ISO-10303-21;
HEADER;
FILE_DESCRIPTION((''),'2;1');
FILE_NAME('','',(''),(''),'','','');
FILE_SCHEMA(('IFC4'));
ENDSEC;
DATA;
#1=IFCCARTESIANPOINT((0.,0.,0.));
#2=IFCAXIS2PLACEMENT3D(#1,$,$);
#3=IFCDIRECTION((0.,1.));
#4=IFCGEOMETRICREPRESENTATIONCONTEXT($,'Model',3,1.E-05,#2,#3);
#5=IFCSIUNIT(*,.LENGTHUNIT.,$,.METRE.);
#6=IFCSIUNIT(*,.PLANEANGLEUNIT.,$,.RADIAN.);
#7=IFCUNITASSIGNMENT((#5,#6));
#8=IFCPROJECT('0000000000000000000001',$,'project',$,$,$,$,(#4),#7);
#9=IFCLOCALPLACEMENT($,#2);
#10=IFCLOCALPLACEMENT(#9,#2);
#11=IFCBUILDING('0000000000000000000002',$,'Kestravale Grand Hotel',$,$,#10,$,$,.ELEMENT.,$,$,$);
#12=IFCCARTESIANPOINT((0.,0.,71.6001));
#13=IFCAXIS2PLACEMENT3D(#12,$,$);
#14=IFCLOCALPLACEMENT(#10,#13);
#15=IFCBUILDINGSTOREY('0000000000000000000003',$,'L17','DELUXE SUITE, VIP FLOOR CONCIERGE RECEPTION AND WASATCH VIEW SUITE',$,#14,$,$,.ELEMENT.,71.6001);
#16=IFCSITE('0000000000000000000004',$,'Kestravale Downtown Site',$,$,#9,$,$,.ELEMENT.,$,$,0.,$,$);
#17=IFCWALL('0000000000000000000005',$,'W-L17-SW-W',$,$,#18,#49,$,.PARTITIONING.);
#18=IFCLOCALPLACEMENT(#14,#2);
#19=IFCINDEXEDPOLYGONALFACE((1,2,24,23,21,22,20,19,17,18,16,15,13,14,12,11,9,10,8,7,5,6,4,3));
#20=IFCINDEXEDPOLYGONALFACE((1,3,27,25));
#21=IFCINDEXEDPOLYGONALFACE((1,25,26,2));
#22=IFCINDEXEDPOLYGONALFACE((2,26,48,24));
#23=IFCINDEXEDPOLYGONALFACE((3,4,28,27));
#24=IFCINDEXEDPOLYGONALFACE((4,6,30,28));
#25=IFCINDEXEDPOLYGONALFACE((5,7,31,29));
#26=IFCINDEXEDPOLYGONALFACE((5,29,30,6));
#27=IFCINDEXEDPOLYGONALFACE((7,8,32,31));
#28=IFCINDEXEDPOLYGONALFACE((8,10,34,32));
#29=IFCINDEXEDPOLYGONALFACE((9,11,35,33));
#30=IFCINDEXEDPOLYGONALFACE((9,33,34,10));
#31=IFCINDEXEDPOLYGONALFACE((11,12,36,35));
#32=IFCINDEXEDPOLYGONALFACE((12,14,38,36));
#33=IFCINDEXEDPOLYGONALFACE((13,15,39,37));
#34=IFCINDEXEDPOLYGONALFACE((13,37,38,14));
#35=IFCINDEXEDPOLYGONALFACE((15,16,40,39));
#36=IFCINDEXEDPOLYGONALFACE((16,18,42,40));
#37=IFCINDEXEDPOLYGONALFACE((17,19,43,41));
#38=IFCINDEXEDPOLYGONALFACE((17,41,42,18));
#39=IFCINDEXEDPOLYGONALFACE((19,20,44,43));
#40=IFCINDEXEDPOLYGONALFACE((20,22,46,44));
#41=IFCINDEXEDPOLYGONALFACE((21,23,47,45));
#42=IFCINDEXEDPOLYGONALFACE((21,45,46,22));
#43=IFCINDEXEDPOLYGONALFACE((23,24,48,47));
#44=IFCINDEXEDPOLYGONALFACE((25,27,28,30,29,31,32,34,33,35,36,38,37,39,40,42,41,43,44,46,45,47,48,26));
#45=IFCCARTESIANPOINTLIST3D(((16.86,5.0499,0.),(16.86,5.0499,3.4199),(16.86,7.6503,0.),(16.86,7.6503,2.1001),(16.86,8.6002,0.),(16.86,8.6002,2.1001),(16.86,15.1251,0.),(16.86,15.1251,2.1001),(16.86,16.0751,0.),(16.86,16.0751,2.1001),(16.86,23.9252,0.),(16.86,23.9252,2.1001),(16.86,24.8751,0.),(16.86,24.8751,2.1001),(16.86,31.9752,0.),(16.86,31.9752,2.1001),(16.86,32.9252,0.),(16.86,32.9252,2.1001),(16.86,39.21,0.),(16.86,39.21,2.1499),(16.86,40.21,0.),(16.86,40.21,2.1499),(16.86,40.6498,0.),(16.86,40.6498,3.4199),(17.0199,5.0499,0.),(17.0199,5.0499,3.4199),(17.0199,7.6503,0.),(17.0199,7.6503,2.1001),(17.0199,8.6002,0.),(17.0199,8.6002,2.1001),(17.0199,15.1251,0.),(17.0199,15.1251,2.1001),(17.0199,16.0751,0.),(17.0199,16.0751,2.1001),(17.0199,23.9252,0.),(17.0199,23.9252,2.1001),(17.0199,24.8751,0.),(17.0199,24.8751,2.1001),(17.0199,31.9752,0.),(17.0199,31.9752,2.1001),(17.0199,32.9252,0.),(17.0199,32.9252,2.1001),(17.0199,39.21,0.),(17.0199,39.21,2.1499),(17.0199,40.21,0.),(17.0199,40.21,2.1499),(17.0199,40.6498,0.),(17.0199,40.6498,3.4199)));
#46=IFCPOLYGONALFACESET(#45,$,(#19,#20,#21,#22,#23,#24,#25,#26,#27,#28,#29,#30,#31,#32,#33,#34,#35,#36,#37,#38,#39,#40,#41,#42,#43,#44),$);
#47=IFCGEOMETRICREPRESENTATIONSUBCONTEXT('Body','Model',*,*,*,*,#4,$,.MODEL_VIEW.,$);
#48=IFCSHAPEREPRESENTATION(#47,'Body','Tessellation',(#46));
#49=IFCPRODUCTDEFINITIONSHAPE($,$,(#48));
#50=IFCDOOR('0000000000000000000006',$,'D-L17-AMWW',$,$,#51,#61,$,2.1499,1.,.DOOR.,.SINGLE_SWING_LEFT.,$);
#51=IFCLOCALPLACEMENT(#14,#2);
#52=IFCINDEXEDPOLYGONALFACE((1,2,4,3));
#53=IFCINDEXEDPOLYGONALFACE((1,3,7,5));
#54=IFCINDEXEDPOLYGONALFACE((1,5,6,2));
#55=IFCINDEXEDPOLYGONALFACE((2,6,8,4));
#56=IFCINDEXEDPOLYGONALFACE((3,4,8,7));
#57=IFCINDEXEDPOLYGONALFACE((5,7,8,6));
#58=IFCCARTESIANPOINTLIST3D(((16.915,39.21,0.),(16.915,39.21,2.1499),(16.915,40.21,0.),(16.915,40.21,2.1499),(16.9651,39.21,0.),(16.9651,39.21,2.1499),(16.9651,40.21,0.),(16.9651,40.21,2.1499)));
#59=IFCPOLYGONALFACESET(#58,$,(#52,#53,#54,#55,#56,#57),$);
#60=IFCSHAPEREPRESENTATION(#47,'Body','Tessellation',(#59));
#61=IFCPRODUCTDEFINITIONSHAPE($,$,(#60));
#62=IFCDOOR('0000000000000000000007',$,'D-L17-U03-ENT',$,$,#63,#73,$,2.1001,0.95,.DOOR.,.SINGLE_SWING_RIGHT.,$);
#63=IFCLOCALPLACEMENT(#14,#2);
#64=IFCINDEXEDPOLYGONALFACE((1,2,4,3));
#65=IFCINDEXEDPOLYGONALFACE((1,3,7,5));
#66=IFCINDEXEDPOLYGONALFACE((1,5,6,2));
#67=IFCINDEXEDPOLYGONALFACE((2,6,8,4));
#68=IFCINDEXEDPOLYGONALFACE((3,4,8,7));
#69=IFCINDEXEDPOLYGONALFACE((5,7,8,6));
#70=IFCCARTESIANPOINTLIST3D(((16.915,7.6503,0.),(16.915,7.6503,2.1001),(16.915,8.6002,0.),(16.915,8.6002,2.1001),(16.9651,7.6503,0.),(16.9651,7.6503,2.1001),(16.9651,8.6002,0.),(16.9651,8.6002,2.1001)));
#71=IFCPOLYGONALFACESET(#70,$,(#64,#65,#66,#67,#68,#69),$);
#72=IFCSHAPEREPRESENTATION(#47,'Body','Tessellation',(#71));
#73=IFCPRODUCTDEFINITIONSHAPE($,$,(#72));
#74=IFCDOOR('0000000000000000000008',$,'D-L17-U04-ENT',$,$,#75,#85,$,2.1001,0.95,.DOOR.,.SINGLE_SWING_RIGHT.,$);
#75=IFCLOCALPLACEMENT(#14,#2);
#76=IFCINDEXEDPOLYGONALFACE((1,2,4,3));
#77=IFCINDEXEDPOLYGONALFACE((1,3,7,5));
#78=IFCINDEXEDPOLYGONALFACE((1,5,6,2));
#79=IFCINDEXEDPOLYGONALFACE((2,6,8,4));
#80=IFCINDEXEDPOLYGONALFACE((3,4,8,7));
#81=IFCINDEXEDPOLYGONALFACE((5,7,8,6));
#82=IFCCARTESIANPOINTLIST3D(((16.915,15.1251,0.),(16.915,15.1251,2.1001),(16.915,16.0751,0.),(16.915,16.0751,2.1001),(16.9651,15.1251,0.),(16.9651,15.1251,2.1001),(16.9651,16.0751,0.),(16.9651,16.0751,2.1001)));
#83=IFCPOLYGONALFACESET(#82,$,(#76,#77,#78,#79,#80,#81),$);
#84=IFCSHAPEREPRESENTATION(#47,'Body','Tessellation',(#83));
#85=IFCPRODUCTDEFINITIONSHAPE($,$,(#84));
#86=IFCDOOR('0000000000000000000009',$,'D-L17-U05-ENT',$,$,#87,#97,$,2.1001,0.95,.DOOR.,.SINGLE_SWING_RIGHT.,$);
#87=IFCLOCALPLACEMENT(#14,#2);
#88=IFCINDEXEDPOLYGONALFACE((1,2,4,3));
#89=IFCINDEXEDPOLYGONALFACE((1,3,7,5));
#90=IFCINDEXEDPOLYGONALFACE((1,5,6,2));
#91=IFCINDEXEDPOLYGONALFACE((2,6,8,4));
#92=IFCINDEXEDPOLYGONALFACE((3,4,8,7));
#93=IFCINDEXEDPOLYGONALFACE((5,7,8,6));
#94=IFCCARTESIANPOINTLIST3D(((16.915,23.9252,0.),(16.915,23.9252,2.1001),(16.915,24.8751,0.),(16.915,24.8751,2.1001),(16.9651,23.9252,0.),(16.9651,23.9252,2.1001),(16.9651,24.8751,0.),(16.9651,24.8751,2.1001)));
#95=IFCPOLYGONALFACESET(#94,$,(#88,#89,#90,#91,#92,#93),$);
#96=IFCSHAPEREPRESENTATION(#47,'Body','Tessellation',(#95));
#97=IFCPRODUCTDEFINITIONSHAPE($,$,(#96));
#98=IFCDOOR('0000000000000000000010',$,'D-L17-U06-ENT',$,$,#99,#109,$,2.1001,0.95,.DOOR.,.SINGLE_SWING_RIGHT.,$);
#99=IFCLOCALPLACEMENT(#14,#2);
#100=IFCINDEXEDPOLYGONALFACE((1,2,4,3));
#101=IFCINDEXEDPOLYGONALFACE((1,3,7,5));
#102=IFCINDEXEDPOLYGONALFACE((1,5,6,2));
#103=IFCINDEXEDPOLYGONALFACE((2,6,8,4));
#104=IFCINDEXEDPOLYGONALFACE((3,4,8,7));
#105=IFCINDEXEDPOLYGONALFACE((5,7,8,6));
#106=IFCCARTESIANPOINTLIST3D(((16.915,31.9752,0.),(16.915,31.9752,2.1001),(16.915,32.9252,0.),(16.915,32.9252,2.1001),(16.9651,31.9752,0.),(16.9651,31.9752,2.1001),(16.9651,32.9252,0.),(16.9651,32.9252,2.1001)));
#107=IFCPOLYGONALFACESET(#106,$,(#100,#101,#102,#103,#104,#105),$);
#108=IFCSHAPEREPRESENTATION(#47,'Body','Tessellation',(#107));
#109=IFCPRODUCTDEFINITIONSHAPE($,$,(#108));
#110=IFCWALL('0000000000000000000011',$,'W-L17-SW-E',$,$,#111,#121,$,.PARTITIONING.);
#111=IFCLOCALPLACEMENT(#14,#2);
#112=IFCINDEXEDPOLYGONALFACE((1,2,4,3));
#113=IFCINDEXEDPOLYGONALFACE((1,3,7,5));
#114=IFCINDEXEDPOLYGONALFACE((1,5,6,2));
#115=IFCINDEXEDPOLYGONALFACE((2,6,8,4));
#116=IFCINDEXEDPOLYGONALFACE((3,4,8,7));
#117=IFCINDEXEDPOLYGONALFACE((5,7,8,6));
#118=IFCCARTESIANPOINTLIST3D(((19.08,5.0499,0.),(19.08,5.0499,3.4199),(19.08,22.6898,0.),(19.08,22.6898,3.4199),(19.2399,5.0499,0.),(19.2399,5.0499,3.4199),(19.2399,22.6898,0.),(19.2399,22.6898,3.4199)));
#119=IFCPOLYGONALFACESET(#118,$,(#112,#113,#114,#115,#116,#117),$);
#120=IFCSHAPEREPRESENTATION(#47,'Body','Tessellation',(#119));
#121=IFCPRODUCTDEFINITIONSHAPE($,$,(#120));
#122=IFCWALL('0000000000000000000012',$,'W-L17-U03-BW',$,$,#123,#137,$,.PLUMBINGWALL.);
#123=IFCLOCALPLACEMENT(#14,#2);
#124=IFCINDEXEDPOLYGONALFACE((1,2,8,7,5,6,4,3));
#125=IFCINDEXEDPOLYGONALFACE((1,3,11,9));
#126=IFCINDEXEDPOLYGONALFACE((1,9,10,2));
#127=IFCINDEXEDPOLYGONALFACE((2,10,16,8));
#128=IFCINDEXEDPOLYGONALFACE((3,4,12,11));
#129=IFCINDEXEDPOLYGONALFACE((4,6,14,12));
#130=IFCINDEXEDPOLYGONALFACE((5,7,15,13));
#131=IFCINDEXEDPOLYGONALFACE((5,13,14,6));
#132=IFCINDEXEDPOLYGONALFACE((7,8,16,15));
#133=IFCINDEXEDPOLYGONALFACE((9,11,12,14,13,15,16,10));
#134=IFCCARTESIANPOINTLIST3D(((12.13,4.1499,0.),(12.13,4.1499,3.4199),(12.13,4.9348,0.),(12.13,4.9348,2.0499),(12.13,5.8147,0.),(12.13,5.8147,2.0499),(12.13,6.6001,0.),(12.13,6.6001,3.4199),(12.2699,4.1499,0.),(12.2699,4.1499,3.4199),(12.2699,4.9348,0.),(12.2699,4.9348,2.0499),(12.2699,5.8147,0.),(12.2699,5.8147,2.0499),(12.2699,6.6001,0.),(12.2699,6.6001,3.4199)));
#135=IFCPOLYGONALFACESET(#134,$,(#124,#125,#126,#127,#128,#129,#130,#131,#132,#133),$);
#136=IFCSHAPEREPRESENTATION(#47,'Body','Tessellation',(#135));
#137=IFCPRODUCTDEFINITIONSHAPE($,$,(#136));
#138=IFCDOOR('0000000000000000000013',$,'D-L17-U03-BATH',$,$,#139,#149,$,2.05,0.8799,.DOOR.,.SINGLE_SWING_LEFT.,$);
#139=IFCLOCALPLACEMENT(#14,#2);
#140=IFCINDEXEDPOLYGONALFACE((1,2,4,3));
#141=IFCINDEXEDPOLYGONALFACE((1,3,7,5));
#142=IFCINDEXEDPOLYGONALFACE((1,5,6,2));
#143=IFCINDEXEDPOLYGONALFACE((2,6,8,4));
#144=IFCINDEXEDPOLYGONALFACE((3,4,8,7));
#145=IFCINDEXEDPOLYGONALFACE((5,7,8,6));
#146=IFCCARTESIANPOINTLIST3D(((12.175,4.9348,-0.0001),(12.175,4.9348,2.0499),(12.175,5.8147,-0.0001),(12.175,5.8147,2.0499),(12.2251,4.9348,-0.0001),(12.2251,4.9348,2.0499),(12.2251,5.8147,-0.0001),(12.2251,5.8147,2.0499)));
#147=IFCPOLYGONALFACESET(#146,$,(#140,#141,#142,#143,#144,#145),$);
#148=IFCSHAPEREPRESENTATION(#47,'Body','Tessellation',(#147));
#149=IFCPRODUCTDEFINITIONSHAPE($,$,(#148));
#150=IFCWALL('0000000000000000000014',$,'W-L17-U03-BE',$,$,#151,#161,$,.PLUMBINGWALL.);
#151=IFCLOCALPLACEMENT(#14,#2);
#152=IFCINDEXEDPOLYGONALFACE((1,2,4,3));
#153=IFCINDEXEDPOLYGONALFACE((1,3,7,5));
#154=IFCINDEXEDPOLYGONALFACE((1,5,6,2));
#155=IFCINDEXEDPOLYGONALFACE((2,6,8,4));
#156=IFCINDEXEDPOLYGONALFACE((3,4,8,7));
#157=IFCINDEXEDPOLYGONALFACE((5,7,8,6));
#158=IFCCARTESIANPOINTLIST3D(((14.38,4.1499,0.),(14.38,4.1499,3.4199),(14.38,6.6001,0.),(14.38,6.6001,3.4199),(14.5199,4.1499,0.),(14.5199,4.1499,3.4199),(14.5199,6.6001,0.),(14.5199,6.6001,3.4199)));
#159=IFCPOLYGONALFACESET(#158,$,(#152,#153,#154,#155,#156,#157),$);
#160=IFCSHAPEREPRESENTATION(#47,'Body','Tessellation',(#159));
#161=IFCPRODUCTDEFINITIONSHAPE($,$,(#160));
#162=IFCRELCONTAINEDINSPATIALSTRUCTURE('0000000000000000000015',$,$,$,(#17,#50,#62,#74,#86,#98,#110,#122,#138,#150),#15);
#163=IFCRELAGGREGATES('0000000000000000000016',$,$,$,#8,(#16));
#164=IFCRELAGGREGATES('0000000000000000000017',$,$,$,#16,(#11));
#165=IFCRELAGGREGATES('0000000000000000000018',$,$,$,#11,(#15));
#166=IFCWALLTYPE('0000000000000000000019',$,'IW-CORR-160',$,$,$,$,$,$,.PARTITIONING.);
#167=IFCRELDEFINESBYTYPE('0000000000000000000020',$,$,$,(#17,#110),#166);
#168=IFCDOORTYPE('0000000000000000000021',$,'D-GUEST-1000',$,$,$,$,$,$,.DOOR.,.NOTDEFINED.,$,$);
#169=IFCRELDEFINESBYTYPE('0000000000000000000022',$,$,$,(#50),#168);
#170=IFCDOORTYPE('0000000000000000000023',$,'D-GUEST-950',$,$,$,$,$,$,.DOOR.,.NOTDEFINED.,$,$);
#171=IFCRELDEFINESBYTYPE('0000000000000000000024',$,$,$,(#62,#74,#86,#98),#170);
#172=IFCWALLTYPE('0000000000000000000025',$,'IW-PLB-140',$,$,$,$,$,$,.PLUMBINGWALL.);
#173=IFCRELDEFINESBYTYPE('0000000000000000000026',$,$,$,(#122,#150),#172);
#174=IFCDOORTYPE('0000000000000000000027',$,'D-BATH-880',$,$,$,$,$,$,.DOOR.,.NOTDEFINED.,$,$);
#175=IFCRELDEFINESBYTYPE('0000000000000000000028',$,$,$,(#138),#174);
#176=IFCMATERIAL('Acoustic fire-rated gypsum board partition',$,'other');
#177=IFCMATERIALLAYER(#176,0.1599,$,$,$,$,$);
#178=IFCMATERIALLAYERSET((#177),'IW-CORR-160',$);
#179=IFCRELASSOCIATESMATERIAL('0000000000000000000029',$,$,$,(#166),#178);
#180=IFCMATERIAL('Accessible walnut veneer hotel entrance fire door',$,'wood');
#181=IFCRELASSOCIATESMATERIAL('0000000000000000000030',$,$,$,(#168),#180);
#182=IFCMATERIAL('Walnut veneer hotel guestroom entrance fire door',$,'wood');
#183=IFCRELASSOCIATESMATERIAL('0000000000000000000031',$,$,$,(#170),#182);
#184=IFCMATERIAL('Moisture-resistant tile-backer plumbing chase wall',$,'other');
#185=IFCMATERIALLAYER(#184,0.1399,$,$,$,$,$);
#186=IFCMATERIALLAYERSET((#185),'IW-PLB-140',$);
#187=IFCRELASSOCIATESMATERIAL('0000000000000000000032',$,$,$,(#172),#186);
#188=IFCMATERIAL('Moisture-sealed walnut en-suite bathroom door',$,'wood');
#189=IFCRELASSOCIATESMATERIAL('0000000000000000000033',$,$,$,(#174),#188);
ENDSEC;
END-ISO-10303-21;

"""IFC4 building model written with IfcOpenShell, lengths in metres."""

from ifc_helpers import new_model, si_unit, direction, frame, frame_2d, origin, place, context, subcontext, project, spatial, rectangle, extrude, material, layer, layer_set, type_object, element, fill, save


model = new_model("IFC4")

# Units and contexts
model_context = context("Model", 3, precision=1e-05, world=origin(), true_north=direction((0.0, 1.0)))
body_context = subcontext(model_context, "Body", "Model", "MODEL_VIEW")
ifc_project = project(units=[si_unit("LENGTHUNIT", "METRE"), si_unit("PLANEANGLEUNIT", "RADIAN")], contexts=[model_context])

# Site, building, storey
site_placement = place(None, origin())
site = spatial("IfcSite", under=ifc_project, at=site_placement, Name="Kestravale Downtown Site", CompositionType="ELEMENT", RefElevation=0.0)
building_placement = place(site_placement, origin())
building = spatial("IfcBuilding", under=site, at=building_placement, Name="Kestravale Grand Hotel", CompositionType="ELEMENT")
storey_placement = place(building_placement, frame((0.0, 0.0, 71.6001)))
storey = spatial("IfcBuildingStorey", under=building, at=storey_placement, Name="L17", Description="DELUXE SUITE, VIP FLOOR CONCIERGE RECEPTION AND WASATCH VIEW SUITE", CompositionType="ELEMENT", Elevation=71.6001)

# Wall, openings, doors
ifc_material_1 = material(Name="Acoustic fire-rated gypsum board partition", Category="other")
ifc_layer_1 = layer(ifc_material_1, 0.1599)
ifc_layer_set_1 = layer_set([ifc_layer_1], Name="IW-CORR-160")
wall_type_1 = type_object("IfcWallType", Name="IW-CORR-160", PredefinedType="PARTITIONING", material=ifc_layer_set_1)
wall_1_placement = place(storey_placement, frame((16.9399, 5.05, 0.0), z_axis=(0.0, 0.0, 1.0), x_axis=(0.0, 1.0, 0.0)))
wall_1 = element("IfcWall", 1, at=wall_1_placement, inside=storey, type_object=wall_type_1, Name="W-L17-SW-W", PredefinedType="PARTITIONING", context=body_context, shape_type="SweptSolid", body=[
    extrude(rectangle(XDim=35.5999, YDim=0.1599, at=frame_2d((17.7998, 0.0))), origin(), (0.0, 0.0, 1.0), 3.4199),
])
opening_1_placement = place(wall_1_placement, frame((2.6001, 0.0, 0.0)))
opening_1 = element("IfcOpeningElement", 2, at=opening_1_placement, cuts=wall_1, PredefinedType="OPENING", context=body_context, shape_type="SweptSolid", body=[
    extrude(rectangle(XDim=0.95, YDim=2.1001, at=frame_2d((0.4751, 1.05))), frame((0.0, 0.0898, 0.0), z_axis=(0.0, -1.0, 0.0), x_axis=(1.0, 0.0, 0.0)), (0.0, 0.0, 1.0), 0.1799),
])
opening_2_placement = place(wall_1_placement, frame((10.075, 0.0, 0.0)))
opening_2 = element("IfcOpeningElement", 3, at=opening_2_placement, cuts=wall_1, PredefinedType="OPENING", context=body_context, shape_type="SweptSolid", body=[
    extrude(rectangle(XDim=0.95, YDim=2.1001, at=frame_2d((0.4751, 1.05))), frame((0.0, 0.0898, 0.0), z_axis=(0.0, -1.0, 0.0), x_axis=(1.0, 0.0, 0.0)), (0.0, 0.0, 1.0), 0.1799),
])
opening_3_placement = place(wall_1_placement, frame((18.875, 0.0, 0.0)))
opening_3 = element("IfcOpeningElement", 4, at=opening_3_placement, cuts=wall_1, PredefinedType="OPENING", context=body_context, shape_type="SweptSolid", body=[
    extrude(rectangle(XDim=0.95, YDim=2.1001, at=frame_2d((0.4751, 1.05))), frame((0.0, 0.0898, 0.0), z_axis=(0.0, -1.0, 0.0), x_axis=(1.0, 0.0, 0.0)), (0.0, 0.0, 1.0), 0.1799),
])
opening_4_placement = place(wall_1_placement, frame((26.925, 0.0, 0.0)))
opening_4 = element("IfcOpeningElement", 5, at=opening_4_placement, cuts=wall_1, PredefinedType="OPENING", context=body_context, shape_type="SweptSolid", body=[
    extrude(rectangle(XDim=0.95, YDim=2.1001, at=frame_2d((0.4751, 1.05))), frame((0.0, 0.0898, 0.0), z_axis=(0.0, -1.0, 0.0), x_axis=(1.0, 0.0, 0.0)), (0.0, 0.0, 1.0), 0.1799),
])
opening_5_placement = place(wall_1_placement, frame((34.1599, 0.0, 0.0)))
opening_5 = element("IfcOpeningElement", 6, at=opening_5_placement, cuts=wall_1, PredefinedType="OPENING", context=body_context, shape_type="SweptSolid", body=[
    extrude(rectangle(XDim=1.0, YDim=2.1499, at=frame_2d((0.5, 1.075))), frame((0.0, 0.0898, 0.0), z_axis=(0.0, -1.0, 0.0), x_axis=(1.0, 0.0, 0.0)), (0.0, 0.0, 1.0), 0.1799),
])
ifc_material_2 = material(Name="Accessible walnut veneer hotel entrance fire door", Category="wood")
door_type_1 = type_object("IfcDoorType", Name="D-GUEST-1000", OperationType="NOTDEFINED", PredefinedType="DOOR", material=ifc_material_2)
door_1_placement = place(opening_5_placement, origin())
door_1 = element("IfcDoor", 7, at=door_1_placement, inside=storey, type_object=door_type_1, Name="D-L17-AMWW", OperationType="SINGLE_SWING_LEFT", OverallHeight=2.1499, OverallWidth=1.0, PredefinedType="DOOR", context=body_context, shape_type="SweptSolid", body=[
    extrude(rectangle(XDim=1.0, YDim=2.1499, at=frame_2d((0.5, 1.075))), frame((0.0, 0.0249, 0.0), z_axis=(0.0, -1.0, 0.0), x_axis=(1.0, 0.0, 0.0)), (0.0, 0.0, 1.0), 0.05),
])
fill(opening_5, door_1)
ifc_material_3 = material(Name="Walnut veneer hotel guestroom entrance fire door", Category="wood")
door_type_2 = type_object("IfcDoorType", Name="D-GUEST-950", OperationType="NOTDEFINED", PredefinedType="DOOR", material=ifc_material_3)
door_2_placement = place(opening_1_placement, origin())
door_2 = element("IfcDoor", 8, at=door_2_placement, inside=storey, type_object=door_type_2, Name="D-L17-U03-ENT", OperationType="SINGLE_SWING_RIGHT", OverallHeight=2.1001, OverallWidth=0.95, PredefinedType="DOOR", context=body_context, shape_type="SweptSolid", body=[
    extrude(rectangle(XDim=0.95, YDim=2.1001, at=frame_2d((0.4751, 1.05))), frame((0.0, 0.0249, 0.0), z_axis=(0.0, -1.0, 0.0), x_axis=(1.0, 0.0, 0.0)), (0.0, 0.0, 1.0), 0.05),
])
fill(opening_1, door_2)
door_3_placement = place(opening_2_placement, origin())
door_3 = element("IfcDoor", 9, at=door_3_placement, inside=storey, type_object=door_type_2, Name="D-L17-U04-ENT", OperationType="SINGLE_SWING_RIGHT", OverallHeight=2.1001, OverallWidth=0.95, PredefinedType="DOOR", context=body_context, shape_type="SweptSolid", body=[
    extrude(rectangle(XDim=0.95, YDim=2.1001, at=frame_2d((0.4751, 1.05))), frame((0.0, 0.0249, 0.0), z_axis=(0.0, -1.0, 0.0), x_axis=(1.0, 0.0, 0.0)), (0.0, 0.0, 1.0), 0.05),
])
fill(opening_2, door_3)
door_4_placement = place(opening_3_placement, origin())
door_4 = element("IfcDoor", 10, at=door_4_placement, inside=storey, type_object=door_type_2, Name="D-L17-U05-ENT", OperationType="SINGLE_SWING_RIGHT", OverallHeight=2.1001, OverallWidth=0.95, PredefinedType="DOOR", context=body_context, shape_type="SweptSolid", body=[
    extrude(rectangle(XDim=0.95, YDim=2.1001, at=frame_2d((0.4751, 1.05))), frame((0.0, 0.0249, 0.0), z_axis=(0.0, -1.0, 0.0), x_axis=(1.0, 0.0, 0.0)), (0.0, 0.0, 1.0), 0.05),
])
fill(opening_3, door_4)
door_5_placement = place(opening_4_placement, origin())
door_5 = element("IfcDoor", 11, at=door_5_placement, inside=storey, type_object=door_type_2, Name="D-L17-U06-ENT", OperationType="SINGLE_SWING_RIGHT", OverallHeight=2.1001, OverallWidth=0.95, PredefinedType="DOOR", context=body_context, shape_type="SweptSolid", body=[
    extrude(rectangle(XDim=0.95, YDim=2.1001, at=frame_2d((0.4751, 1.05))), frame((0.0, 0.0249, 0.0), z_axis=(0.0, -1.0, 0.0), x_axis=(1.0, 0.0, 0.0)), (0.0, 0.0, 1.0), 0.05),
])
fill(opening_4, door_5)

# Wall
wall_2_placement = place(storey_placement, frame((19.1599, 5.05, 0.0), z_axis=(0.0, 0.0, 1.0), x_axis=(0.0, 1.0, 0.0)))
element("IfcWall", 12, at=wall_2_placement, inside=storey, type_object=wall_type_1, Name="W-L17-SW-E", PredefinedType="PARTITIONING", context=body_context, shape_type="SweptSolid", body=[
    extrude(rectangle(XDim=17.6399, YDim=0.1599, at=frame_2d((8.8198, 0.0))), origin(), (0.0, 0.0, 1.0), 3.4199),
])

# Wall, opening, door
ifc_material_4 = material(Name="Moisture-resistant tile-backer plumbing chase wall", Category="other")
ifc_layer_2 = layer(ifc_material_4, 0.1399)
ifc_layer_set_2 = layer_set([ifc_layer_2], Name="IW-PLB-140")
wall_type_2 = type_object("IfcWallType", Name="IW-PLB-140", PredefinedType="PLUMBINGWALL", material=ifc_layer_set_2)
wall_3_placement = place(storey_placement, frame((12.2, 4.1499, 0.0), z_axis=(0.0, 0.0, 1.0), x_axis=(0.0, 1.0, 0.0)))
wall_3 = element("IfcWall", 13, at=wall_3_placement, inside=storey, type_object=wall_type_2, Name="W-L17-U03-BW", PredefinedType="PLUMBINGWALL", context=body_context, shape_type="SweptSolid", body=[
    extrude(rectangle(XDim=2.4502, YDim=0.1399, at=frame_2d((1.2251, 0.0))), origin(), (0.0, 0.0, 1.0), 3.4199),
])
opening_6_placement = place(wall_3_placement, frame((0.7849, 0.0, 0.0)))
opening_6 = element("IfcOpeningElement", 14, at=opening_6_placement, cuts=wall_3, PredefinedType="OPENING", context=body_context, shape_type="SweptSolid", body=[
    extrude(rectangle(XDim=0.8799, YDim=2.05, at=frame_2d((0.4399, 1.0249))), frame((0.0, 0.0798, 0.0), z_axis=(0.0, -1.0, 0.0), x_axis=(1.0, 0.0, 0.0)), (0.0, 0.0, 1.0), 0.1599),
])
ifc_material_5 = material(Name="Moisture-sealed walnut en-suite bathroom door", Category="wood")
door_type_3 = type_object("IfcDoorType", Name="D-BATH-880", OperationType="NOTDEFINED", PredefinedType="DOOR", material=ifc_material_5)
door_6_placement = place(opening_6_placement, origin())
door_6 = element("IfcDoor", 15, at=door_6_placement, inside=storey, type_object=door_type_3, Name="D-L17-U03-BATH", OperationType="SINGLE_SWING_LEFT", OverallHeight=2.05, OverallWidth=0.8799, PredefinedType="DOOR", context=body_context, shape_type="SweptSolid", body=[
    extrude(rectangle(XDim=0.8799, YDim=2.05, at=frame_2d((0.4399, 1.0249))), frame((0.0, 0.0249, 0.0), z_axis=(0.0, -1.0, 0.0), x_axis=(1.0, 0.0, 0.0)), (0.0, 0.0, 1.0), 0.05),
])
fill(opening_6, door_6)

# Wall
wall_4_placement = place(storey_placement, frame((14.45, 4.1499, 0.0), z_axis=(0.0, 0.0, 1.0), x_axis=(0.0, 1.0, 0.0)))
element("IfcWall", 16, at=wall_4_placement, inside=storey, type_object=wall_type_2, Name="W-L17-U03-BE", PredefinedType="PLUMBINGWALL", context=body_context, shape_type="SweptSolid", body=[
    extrude(rectangle(XDim=2.4502, YDim=0.1399, at=frame_2d((1.2251, 0.0))), origin(), (0.0, 0.0, 1.0), 3.4199),
])

save(model, "model.ifc")
